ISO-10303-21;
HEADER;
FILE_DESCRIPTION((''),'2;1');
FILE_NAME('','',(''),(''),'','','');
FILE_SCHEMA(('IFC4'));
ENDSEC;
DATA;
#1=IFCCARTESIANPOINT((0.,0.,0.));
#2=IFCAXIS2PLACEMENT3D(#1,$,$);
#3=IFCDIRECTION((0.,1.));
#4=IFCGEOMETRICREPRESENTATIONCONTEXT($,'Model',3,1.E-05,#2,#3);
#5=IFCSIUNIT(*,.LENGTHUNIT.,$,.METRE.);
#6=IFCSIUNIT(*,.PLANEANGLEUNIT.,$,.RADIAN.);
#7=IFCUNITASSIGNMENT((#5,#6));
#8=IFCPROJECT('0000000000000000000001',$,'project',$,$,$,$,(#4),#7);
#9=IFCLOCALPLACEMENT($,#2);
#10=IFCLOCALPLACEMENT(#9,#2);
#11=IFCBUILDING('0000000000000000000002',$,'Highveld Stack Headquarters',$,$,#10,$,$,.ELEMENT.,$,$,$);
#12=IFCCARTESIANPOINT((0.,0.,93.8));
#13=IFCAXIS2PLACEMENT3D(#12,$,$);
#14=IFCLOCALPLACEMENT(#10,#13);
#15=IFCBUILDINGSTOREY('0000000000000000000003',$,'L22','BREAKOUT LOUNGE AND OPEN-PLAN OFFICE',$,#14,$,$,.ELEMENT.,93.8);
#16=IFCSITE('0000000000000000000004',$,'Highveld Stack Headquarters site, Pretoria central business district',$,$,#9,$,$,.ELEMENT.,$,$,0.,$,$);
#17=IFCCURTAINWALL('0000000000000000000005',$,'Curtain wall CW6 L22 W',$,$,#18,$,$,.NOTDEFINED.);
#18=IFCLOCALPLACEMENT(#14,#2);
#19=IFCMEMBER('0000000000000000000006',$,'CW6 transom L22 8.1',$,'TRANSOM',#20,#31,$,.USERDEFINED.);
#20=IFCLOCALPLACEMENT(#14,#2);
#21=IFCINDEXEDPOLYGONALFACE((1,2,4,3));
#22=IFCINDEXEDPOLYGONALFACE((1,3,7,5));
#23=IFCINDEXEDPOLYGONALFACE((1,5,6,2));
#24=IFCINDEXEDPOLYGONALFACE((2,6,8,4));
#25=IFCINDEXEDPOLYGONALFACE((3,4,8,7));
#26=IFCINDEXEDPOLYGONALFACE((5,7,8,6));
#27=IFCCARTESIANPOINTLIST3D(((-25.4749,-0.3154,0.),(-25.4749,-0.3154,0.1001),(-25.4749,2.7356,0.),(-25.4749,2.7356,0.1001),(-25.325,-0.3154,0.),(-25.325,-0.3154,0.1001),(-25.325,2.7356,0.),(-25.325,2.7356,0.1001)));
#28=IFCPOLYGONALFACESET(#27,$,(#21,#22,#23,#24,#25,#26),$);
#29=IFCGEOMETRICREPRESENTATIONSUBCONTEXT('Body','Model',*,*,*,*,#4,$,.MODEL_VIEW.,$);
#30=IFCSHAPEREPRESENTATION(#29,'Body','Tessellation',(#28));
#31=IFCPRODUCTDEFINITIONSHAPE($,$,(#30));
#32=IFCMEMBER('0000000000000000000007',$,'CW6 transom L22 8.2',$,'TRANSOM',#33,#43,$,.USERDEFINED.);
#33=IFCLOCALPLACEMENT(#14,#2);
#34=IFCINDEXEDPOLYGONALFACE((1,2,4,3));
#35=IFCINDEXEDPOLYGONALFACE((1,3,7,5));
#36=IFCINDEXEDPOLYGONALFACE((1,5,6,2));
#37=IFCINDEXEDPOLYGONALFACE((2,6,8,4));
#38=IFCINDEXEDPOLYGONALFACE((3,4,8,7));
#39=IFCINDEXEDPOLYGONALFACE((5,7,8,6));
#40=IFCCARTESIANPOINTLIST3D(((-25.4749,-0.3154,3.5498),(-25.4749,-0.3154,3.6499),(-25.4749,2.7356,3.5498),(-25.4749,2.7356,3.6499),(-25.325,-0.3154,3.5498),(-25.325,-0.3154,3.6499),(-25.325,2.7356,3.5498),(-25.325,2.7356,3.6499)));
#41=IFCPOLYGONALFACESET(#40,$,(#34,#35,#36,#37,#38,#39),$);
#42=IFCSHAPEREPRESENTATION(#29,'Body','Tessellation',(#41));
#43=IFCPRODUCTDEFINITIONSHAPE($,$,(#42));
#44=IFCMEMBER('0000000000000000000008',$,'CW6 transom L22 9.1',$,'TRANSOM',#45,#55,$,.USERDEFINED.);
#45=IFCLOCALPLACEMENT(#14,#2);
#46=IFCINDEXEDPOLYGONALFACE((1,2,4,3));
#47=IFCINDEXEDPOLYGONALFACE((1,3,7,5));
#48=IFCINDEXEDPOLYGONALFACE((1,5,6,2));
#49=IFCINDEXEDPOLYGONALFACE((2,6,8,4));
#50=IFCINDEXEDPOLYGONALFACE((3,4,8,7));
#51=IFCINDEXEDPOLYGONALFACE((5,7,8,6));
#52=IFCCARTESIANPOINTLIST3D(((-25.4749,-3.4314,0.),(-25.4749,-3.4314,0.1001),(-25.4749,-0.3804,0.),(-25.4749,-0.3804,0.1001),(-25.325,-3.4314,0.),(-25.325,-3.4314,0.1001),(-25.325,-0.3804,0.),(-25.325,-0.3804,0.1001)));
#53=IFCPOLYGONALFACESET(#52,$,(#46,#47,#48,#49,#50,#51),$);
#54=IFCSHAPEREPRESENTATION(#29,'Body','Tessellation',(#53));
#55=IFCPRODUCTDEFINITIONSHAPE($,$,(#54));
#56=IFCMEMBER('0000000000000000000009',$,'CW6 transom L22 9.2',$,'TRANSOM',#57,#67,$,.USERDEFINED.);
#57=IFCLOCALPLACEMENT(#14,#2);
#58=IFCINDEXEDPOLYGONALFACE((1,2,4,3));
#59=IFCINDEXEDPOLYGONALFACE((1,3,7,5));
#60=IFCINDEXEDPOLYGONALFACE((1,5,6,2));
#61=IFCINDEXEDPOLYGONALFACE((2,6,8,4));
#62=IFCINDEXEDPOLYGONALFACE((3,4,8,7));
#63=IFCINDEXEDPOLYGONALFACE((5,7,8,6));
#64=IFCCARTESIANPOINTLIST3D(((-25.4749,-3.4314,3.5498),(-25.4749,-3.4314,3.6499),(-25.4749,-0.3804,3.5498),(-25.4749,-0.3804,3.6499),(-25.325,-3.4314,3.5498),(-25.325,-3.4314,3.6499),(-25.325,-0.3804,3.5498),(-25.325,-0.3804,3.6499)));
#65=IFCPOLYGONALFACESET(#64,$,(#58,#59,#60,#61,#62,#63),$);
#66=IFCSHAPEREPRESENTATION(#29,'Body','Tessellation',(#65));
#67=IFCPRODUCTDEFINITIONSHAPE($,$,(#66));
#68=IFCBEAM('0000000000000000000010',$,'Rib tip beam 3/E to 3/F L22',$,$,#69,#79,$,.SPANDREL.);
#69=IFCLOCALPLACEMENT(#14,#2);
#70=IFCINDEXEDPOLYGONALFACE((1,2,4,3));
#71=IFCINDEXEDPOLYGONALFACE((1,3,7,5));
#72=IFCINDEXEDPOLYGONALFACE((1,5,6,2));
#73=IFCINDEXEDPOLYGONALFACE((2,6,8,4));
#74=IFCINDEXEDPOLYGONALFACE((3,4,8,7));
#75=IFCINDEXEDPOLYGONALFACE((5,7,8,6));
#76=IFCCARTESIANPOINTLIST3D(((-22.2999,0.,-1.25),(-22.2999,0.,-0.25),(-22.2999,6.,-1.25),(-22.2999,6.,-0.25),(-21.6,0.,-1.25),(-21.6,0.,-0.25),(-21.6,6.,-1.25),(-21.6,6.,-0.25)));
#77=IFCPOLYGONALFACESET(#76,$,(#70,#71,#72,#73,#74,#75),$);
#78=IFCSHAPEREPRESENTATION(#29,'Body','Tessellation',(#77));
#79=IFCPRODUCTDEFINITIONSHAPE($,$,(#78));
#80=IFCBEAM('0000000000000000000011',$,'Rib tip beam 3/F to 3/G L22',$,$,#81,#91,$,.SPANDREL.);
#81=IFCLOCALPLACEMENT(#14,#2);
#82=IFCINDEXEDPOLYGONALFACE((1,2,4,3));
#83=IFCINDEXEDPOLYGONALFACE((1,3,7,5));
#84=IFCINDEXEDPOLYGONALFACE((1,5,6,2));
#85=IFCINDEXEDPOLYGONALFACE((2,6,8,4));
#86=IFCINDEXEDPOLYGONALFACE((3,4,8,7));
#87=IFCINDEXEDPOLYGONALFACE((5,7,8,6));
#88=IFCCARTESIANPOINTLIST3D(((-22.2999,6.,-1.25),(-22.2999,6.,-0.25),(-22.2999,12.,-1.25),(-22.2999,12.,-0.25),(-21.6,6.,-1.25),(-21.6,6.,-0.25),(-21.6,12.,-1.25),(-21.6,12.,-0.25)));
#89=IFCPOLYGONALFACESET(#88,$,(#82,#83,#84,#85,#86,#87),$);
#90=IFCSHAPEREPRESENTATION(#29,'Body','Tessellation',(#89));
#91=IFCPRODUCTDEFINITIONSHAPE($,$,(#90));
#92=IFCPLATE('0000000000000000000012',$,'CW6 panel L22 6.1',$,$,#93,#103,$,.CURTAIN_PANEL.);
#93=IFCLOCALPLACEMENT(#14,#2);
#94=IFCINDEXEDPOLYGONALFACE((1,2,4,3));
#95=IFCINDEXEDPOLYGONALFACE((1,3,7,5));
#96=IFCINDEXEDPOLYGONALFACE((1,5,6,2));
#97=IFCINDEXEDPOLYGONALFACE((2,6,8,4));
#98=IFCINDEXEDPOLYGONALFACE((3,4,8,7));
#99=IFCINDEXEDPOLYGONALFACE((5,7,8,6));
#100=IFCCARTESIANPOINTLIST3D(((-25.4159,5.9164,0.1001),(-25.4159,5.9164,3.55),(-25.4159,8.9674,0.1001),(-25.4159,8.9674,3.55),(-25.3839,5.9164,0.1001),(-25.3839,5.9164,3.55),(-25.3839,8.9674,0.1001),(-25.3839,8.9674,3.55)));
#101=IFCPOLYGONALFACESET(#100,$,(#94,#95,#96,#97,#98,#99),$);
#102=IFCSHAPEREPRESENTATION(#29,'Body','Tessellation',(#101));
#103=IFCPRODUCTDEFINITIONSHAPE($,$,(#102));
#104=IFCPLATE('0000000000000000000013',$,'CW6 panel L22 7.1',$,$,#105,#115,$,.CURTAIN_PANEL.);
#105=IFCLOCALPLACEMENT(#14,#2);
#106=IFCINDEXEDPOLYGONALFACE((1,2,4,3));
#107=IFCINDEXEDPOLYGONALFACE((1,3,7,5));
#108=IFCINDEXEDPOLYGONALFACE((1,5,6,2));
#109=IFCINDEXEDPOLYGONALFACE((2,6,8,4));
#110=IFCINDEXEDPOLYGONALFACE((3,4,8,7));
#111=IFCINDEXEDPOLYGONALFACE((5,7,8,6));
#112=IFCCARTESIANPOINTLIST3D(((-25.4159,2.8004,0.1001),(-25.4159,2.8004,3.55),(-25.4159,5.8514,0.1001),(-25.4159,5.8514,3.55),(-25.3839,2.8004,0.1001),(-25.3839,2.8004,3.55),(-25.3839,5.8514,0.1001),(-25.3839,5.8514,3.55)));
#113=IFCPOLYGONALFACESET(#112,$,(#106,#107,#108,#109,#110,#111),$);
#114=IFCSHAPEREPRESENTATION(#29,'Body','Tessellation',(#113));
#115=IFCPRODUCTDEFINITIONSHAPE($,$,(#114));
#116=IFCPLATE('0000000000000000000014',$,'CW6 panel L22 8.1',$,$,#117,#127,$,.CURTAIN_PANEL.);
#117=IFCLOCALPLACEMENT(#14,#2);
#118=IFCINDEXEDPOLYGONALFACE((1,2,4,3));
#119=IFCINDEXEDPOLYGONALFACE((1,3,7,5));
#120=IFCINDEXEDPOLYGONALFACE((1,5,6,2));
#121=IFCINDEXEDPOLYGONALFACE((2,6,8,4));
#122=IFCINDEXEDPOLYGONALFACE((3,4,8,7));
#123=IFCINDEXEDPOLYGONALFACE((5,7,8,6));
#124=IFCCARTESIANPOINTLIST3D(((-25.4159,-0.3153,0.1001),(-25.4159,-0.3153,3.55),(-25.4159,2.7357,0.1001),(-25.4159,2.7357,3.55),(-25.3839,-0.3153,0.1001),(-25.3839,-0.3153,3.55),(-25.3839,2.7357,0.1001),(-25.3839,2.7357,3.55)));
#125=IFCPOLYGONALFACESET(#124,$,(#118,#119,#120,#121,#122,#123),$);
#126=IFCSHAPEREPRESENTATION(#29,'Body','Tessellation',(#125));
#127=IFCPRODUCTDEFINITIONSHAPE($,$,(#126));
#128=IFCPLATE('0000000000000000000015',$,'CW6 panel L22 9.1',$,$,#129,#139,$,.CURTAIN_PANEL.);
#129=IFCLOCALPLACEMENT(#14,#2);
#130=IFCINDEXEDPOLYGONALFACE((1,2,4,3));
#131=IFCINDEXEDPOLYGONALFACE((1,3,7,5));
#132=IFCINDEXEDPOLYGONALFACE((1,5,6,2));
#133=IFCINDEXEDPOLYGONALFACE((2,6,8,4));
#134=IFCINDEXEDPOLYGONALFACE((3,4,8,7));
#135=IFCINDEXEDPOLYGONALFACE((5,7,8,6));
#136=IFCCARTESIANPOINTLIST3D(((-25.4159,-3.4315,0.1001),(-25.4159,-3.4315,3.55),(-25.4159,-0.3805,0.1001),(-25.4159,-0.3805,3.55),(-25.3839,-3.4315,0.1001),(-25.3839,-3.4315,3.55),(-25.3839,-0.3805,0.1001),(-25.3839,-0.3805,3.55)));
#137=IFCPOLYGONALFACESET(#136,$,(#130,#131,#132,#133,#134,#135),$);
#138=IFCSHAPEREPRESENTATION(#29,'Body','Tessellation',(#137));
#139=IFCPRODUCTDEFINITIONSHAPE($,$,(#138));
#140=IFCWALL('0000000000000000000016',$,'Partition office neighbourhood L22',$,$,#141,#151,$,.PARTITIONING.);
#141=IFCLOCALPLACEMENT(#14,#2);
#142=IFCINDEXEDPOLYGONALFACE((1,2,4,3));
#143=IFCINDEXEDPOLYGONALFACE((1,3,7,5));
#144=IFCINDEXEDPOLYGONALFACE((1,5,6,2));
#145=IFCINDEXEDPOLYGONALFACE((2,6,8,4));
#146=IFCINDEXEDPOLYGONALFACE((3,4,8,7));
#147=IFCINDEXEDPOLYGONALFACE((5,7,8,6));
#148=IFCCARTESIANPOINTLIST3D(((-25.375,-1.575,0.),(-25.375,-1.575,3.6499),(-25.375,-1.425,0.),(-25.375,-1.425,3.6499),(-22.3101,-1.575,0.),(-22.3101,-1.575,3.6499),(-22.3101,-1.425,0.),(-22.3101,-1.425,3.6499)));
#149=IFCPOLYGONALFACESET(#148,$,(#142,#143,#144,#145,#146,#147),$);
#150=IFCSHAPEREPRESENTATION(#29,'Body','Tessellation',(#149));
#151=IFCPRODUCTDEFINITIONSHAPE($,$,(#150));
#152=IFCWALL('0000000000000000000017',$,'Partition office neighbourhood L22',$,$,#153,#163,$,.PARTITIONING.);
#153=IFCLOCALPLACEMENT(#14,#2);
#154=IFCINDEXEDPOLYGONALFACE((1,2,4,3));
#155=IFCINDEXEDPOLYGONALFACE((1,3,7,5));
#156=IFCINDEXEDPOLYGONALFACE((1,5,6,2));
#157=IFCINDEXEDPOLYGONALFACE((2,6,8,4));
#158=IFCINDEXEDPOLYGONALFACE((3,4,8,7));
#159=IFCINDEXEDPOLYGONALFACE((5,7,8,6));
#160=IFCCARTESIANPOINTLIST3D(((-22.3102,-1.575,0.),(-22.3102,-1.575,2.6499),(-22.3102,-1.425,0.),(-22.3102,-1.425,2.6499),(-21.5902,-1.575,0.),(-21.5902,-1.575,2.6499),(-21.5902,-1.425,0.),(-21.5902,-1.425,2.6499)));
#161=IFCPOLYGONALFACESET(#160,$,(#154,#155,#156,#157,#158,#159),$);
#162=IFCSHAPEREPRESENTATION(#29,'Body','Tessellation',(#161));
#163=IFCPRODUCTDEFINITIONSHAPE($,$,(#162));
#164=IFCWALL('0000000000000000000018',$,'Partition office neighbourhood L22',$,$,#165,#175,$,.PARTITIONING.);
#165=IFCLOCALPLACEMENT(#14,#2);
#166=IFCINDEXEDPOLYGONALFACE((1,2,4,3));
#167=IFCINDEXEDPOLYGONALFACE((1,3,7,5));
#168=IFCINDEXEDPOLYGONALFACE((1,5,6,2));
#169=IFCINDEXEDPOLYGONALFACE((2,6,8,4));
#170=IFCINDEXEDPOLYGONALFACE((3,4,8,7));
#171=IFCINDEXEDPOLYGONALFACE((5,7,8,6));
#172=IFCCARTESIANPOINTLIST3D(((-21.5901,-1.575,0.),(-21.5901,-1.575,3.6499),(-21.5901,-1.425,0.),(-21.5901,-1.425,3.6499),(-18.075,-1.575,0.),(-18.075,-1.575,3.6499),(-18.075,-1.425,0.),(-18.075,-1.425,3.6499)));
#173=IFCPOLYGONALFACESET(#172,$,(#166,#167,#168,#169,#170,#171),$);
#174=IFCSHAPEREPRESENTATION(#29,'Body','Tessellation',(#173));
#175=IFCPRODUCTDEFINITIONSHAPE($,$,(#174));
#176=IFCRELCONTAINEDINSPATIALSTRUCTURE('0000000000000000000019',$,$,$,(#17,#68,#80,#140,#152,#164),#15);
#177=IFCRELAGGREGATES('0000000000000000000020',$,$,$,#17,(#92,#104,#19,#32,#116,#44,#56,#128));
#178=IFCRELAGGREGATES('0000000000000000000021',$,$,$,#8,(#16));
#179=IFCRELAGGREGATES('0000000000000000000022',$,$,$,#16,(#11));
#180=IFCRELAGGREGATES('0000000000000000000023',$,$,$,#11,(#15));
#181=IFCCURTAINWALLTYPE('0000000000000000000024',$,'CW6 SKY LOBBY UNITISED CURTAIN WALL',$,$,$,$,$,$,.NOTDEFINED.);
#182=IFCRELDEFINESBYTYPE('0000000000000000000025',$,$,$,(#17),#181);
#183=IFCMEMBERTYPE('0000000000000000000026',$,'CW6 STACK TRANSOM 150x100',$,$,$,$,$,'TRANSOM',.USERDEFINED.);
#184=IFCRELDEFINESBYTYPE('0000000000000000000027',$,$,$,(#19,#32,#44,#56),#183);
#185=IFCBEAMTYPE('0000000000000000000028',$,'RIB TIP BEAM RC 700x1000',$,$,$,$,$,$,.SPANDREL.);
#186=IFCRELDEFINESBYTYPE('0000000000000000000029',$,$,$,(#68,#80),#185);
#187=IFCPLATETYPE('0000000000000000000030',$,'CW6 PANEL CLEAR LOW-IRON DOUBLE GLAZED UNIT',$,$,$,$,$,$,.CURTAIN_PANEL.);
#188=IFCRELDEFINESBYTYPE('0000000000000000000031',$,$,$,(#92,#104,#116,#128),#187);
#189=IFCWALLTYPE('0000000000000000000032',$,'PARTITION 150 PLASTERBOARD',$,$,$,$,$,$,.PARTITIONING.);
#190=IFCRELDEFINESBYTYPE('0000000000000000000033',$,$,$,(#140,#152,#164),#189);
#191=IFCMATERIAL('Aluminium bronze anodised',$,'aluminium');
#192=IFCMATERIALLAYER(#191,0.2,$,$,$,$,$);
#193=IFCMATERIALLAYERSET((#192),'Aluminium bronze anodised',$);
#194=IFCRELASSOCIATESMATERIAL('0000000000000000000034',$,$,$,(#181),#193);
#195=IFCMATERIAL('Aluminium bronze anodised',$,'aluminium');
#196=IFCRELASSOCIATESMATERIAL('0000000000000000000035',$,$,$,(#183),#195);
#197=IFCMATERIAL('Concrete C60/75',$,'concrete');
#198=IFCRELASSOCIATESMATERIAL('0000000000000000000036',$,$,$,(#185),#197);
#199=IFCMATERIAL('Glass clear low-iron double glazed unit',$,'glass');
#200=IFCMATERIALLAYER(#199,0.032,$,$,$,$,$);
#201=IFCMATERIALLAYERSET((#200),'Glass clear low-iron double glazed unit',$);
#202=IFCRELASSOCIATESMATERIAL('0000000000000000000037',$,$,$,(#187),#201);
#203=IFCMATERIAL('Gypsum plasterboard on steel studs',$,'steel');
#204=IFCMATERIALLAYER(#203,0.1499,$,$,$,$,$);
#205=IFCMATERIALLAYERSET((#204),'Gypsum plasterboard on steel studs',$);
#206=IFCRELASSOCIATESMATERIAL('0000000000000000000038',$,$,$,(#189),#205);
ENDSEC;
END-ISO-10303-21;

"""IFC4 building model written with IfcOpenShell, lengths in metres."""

from ifc_helpers import new_model, si_unit, direction, frame, frame_2d, origin, origin_2d, place, context, subcontext, project, spatial, rectangle, extrude, material, layer, layer_set, material_profile, profile_set, type_object, element, aggregate, save


model = new_model("IFC4")

# Units and contexts
model_context = context("Model", 3, precision=1e-05, world=origin(), true_north=direction((0.0, 1.0)))
body_context = subcontext(model_context, "Body", "Model", "MODEL_VIEW")
ifc_project = project(units=[si_unit("LENGTHUNIT", "METRE"), si_unit("PLANEANGLEUNIT", "RADIAN")], contexts=[model_context])

# Site, building, storey
site_placement = place(None, origin())
site = spatial("IfcSite", under=ifc_project, at=site_placement, Name="Highveld Stack Headquarters site, Pretoria central business district", CompositionType="ELEMENT", RefElevation=0.0)
building_placement = place(site_placement, origin())
building = spatial("IfcBuilding", under=site, at=building_placement, Name="Highveld Stack Headquarters", CompositionType="ELEMENT")
storey_placement = place(building_placement, frame((0.0, 0.0, 93.8)))
storey = spatial("IfcBuildingStorey", under=building, at=storey_placement, Name="L22", Description="BREAKOUT LOUNGE AND OPEN-PLAN OFFICE", CompositionType="ELEMENT", Elevation=93.8)

# Curtain wall, members
ifc_material_1 = material(Name="Aluminium bronze anodised", Category="aluminium")
ifc_layer_1 = layer(ifc_material_1, 0.2)
ifc_layer_set_1 = layer_set([ifc_layer_1], Name="Aluminium bronze anodised")
curtain_wall_type = type_object("IfcCurtainWallType", Name="CW6 SKY LOBBY UNITISED CURTAIN WALL", PredefinedType="NOTDEFINED", material=ifc_layer_set_1)
curtain_wall_placement = place(storey_placement, origin())
curtain_wall = element("IfcCurtainWall", 1, at=curtain_wall_placement, inside=storey, type_object=curtain_wall_type, Name="Curtain wall CW6 L22 W", PredefinedType="NOTDEFINED")
ifc_material_2 = material(Name="Aluminium bronze anodised", Category="aluminium")
ifc_material_profile_1 = material_profile(ifc_material_2, rectangle(XDim=0.1499, YDim=0.1001, at=origin_2d()), Name="CW6 TRANSOM 150x100")
ifc_profile_set_1 = profile_set([ifc_material_profile_1], Name="Aluminium bronze anodised")
member_type_1 = type_object("IfcMemberType", Name="CW6 STACK TRANSOM 150x100", ElementType="TRANSOM", PredefinedType="USERDEFINED", material=ifc_profile_set_1)
member_1_placement = place(storey_placement, frame((-25.3999, 2.7356, 0.05), z_axis=(0.0, -1.0, 0.0), x_axis=(1.0, 0.0, 0.0)))
member_1 = element("IfcMember", 2, at=member_1_placement, type_object=member_type_1, Name="CW6 transom L22 8.1", ObjectType="TRANSOM", PredefinedType="USERDEFINED", context=body_context, shape_type="SweptSolid", body=[
    extrude(rectangle(XDim=0.1499, YDim=0.1001, at=origin_2d()), origin(), (0.0, 0.0, 1.0), 3.051),
])
member_2_placement = place(storey_placement, frame((-25.3999, 2.7356, 3.5999), z_axis=(0.0, -1.0, 0.0), x_axis=(1.0, 0.0, 0.0)))
member_2 = element("IfcMember", 3, at=member_2_placement, type_object=member_type_1, Name="CW6 transom L22 8.2", ObjectType="TRANSOM", PredefinedType="USERDEFINED", context=body_context, shape_type="SweptSolid", body=[
    extrude(rectangle(XDim=0.1499, YDim=0.1001, at=origin_2d()), origin(), (0.0, 0.0, 1.0), 3.051),
])
member_3_placement = place(storey_placement, frame((-25.3999, -0.3804, 0.05), z_axis=(0.0, -1.0, 0.0), x_axis=(1.0, 0.0, 0.0)))
member_3 = element("IfcMember", 4, at=member_3_placement, type_object=member_type_1, Name="CW6 transom L22 9.1", ObjectType="TRANSOM", PredefinedType="USERDEFINED", context=body_context, shape_type="SweptSolid", body=[
    extrude(rectangle(XDim=0.1499, YDim=0.1001, at=origin_2d()), origin(), (0.0, 0.0, 1.0), 3.051),
])
member_4_placement = place(storey_placement, frame((-25.3999, -0.3804, 3.5999), z_axis=(0.0, -1.0, 0.0), x_axis=(1.0, 0.0, 0.0)))
member_4 = element("IfcMember", 5, at=member_4_placement, type_object=member_type_1, Name="CW6 transom L22 9.2", ObjectType="TRANSOM", PredefinedType="USERDEFINED", context=body_context, shape_type="SweptSolid", body=[
    extrude(rectangle(XDim=0.1499, YDim=0.1001, at=origin_2d()), origin(), (0.0, 0.0, 1.0), 3.051),
])

# Beams
ifc_material_3 = material(Name="Concrete C60/75", Category="concrete")
ifc_material_profile_2 = material_profile(ifc_material_3, rectangle(XDim=0.7, YDim=1.0, at=origin_2d()), Name="RC 700x1000")
ifc_profile_set_2 = profile_set([ifc_material_profile_2], Name="Concrete C60/75")
beam_type_1 = type_object("IfcBeamType", Name="RIB TIP BEAM RC 700x1000", PredefinedType="SPANDREL", material=ifc_profile_set_2)
for number, where, z_axis, x_axis, name in (
    (6, (-21.95, 0.0, -0.75), (0.0, 1.0, 0.0), (-1.0, 0.0, 0.0), "Rib tip beam 3/E to 3/F L22"),
    (7, (-21.95, 6.0, -0.75), (0.0, 1.0, 0.0), (-1.0, 0.0, 0.0), "Rib tip beam 3/F to 3/G L22"),
):
    element("IfcBeam", number, at=place(storey_placement, frame(where, z_axis=z_axis, x_axis=x_axis)), inside=storey, type_object=beam_type_1, Name=name, PredefinedType="SPANDREL", context=body_context, shape_type="SweptSolid", body=[
        extrude(rectangle(XDim=0.7, YDim=1.0, at=origin_2d()), origin(), (0.0, 0.0, 1.0), 6.0),
    ])

# Plates
ifc_material_4 = material(Name="Glass clear low-iron double glazed unit", Category="glass")
ifc_layer_2 = layer(ifc_material_4, 0.032)
ifc_layer_set_2 = layer_set([ifc_layer_2], Name="Glass clear low-iron double glazed unit")
plate_type = type_object("IfcPlateType", Name="CW6 PANEL CLEAR LOW-IRON DOUBLE GLAZED UNIT", PredefinedType="CURTAIN_PANEL", material=ifc_layer_set_2)
plate_1_placement = place(storey_placement, frame((-25.3999, 7.4419, 0.1001), z_axis=(0.0, 0.0, 1.0), x_axis=(0.0, -1.0, 0.0)))
plate_1 = element("IfcPlate", 8, at=plate_1_placement, type_object=plate_type, Name="CW6 panel L22 6.1", PredefinedType="CURTAIN_PANEL", context=body_context, shape_type="SweptSolid", body=[
    extrude(rectangle(XDim=3.051, YDim=0.032, at=origin_2d()), origin(), (0.0, 0.0, 1.0), 3.45),
])
plate_2_placement = place(storey_placement, frame((-25.3999, 4.3259, 0.1001), z_axis=(0.0, 0.0, 1.0), x_axis=(0.0, -1.0, 0.0)))
plate_2 = element("IfcPlate", 9, at=plate_2_placement, type_object=plate_type, Name="CW6 panel L22 7.1", PredefinedType="CURTAIN_PANEL", context=body_context, shape_type="SweptSolid", body=[
    extrude(rectangle(XDim=3.051, YDim=0.032, at=origin_2d()), origin(), (0.0, 0.0, 1.0), 3.45),
])
plate_3_placement = place(storey_placement, frame((-25.3999, 1.2102, 0.1001), z_axis=(0.0, 0.0, 1.0), x_axis=(0.0, -1.0, 0.0)))
plate_3 = element("IfcPlate", 10, at=plate_3_placement, type_object=plate_type, Name="CW6 panel L22 8.1", PredefinedType="CURTAIN_PANEL", context=body_context, shape_type="SweptSolid", body=[
    extrude(rectangle(XDim=3.051, YDim=0.032, at=origin_2d()), origin(), (0.0, 0.0, 1.0), 3.45),
])
plate_4_placement = place(storey_placement, frame((-25.3999, -1.906, 0.1001), z_axis=(0.0, 0.0, 1.0), x_axis=(0.0, -1.0, 0.0)))
plate_4 = element("IfcPlate", 11, at=plate_4_placement, type_object=plate_type, Name="CW6 panel L22 9.1", PredefinedType="CURTAIN_PANEL", context=body_context, shape_type="SweptSolid", body=[
    extrude(rectangle(XDim=3.051, YDim=0.032, at=origin_2d()), origin(), (0.0, 0.0, 1.0), 3.45),
])
aggregate(curtain_wall, [plate_1, plate_2, member_1, member_2, plate_3, member_3, member_4, plate_4])

# Walls
ifc_material_5 = material(Name="Gypsum plasterboard on steel studs", Category="steel")
ifc_layer_3 = layer(ifc_material_5, 0.1499)
ifc_layer_set_3 = layer_set([ifc_layer_3], Name="Gypsum plasterboard on steel studs")
wall_type_1 = type_object("IfcWallType", Name="PARTITION 150 PLASTERBOARD", PredefinedType="PARTITIONING", material=ifc_layer_set_3)
wall_1_placement = place(storey_placement, frame((-25.375, -1.5, 0.0), z_axis=(0.0, 0.0, 1.0), x_axis=(1.0, 0.0, 0.0)))
element("IfcWall", 12, at=wall_1_placement, inside=storey, type_object=wall_type_1, Name="Partition office neighbourhood L22", PredefinedType="PARTITIONING", context=body_context, shape_type="SweptSolid", body=[
    extrude(rectangle(XDim=3.0649, YDim=0.1499, at=frame_2d((1.5325, 0.0))), origin(), (0.0, 0.0, 1.0), 3.6499),
])
wall_2_placement = place(storey_placement, frame((-22.3101, -1.5, 0.0), z_axis=(0.0, 0.0, 1.0), x_axis=(1.0, 0.0, 0.0)))
element("IfcWall", 13, at=wall_2_placement, inside=storey, type_object=wall_type_1, Name="Partition office neighbourhood L22", PredefinedType="PARTITIONING", context=body_context, shape_type="SweptSolid", body=[
    extrude(rectangle(XDim=0.72, YDim=0.1499, at=frame_2d((0.3599, 0.0))), origin(), (0.0, 0.0, 1.0), 2.6499),
])
wall_3_placement = place(storey_placement, frame((-21.5901, -1.5, 0.0), z_axis=(0.0, 0.0, 1.0), x_axis=(1.0, 0.0, 0.0)))
element("IfcWall", 14, at=wall_3_placement, inside=storey, type_object=wall_type_1, Name="Partition office neighbourhood L22", PredefinedType="PARTITIONING", context=body_context, shape_type="SweptSolid", body=[
    extrude(rectangle(XDim=3.5151, YDim=0.1499, at=frame_2d((1.7576, 0.0))), origin(), (0.0, 0.0, 1.0), 3.6499),
])

save(model, "model.ifc")
